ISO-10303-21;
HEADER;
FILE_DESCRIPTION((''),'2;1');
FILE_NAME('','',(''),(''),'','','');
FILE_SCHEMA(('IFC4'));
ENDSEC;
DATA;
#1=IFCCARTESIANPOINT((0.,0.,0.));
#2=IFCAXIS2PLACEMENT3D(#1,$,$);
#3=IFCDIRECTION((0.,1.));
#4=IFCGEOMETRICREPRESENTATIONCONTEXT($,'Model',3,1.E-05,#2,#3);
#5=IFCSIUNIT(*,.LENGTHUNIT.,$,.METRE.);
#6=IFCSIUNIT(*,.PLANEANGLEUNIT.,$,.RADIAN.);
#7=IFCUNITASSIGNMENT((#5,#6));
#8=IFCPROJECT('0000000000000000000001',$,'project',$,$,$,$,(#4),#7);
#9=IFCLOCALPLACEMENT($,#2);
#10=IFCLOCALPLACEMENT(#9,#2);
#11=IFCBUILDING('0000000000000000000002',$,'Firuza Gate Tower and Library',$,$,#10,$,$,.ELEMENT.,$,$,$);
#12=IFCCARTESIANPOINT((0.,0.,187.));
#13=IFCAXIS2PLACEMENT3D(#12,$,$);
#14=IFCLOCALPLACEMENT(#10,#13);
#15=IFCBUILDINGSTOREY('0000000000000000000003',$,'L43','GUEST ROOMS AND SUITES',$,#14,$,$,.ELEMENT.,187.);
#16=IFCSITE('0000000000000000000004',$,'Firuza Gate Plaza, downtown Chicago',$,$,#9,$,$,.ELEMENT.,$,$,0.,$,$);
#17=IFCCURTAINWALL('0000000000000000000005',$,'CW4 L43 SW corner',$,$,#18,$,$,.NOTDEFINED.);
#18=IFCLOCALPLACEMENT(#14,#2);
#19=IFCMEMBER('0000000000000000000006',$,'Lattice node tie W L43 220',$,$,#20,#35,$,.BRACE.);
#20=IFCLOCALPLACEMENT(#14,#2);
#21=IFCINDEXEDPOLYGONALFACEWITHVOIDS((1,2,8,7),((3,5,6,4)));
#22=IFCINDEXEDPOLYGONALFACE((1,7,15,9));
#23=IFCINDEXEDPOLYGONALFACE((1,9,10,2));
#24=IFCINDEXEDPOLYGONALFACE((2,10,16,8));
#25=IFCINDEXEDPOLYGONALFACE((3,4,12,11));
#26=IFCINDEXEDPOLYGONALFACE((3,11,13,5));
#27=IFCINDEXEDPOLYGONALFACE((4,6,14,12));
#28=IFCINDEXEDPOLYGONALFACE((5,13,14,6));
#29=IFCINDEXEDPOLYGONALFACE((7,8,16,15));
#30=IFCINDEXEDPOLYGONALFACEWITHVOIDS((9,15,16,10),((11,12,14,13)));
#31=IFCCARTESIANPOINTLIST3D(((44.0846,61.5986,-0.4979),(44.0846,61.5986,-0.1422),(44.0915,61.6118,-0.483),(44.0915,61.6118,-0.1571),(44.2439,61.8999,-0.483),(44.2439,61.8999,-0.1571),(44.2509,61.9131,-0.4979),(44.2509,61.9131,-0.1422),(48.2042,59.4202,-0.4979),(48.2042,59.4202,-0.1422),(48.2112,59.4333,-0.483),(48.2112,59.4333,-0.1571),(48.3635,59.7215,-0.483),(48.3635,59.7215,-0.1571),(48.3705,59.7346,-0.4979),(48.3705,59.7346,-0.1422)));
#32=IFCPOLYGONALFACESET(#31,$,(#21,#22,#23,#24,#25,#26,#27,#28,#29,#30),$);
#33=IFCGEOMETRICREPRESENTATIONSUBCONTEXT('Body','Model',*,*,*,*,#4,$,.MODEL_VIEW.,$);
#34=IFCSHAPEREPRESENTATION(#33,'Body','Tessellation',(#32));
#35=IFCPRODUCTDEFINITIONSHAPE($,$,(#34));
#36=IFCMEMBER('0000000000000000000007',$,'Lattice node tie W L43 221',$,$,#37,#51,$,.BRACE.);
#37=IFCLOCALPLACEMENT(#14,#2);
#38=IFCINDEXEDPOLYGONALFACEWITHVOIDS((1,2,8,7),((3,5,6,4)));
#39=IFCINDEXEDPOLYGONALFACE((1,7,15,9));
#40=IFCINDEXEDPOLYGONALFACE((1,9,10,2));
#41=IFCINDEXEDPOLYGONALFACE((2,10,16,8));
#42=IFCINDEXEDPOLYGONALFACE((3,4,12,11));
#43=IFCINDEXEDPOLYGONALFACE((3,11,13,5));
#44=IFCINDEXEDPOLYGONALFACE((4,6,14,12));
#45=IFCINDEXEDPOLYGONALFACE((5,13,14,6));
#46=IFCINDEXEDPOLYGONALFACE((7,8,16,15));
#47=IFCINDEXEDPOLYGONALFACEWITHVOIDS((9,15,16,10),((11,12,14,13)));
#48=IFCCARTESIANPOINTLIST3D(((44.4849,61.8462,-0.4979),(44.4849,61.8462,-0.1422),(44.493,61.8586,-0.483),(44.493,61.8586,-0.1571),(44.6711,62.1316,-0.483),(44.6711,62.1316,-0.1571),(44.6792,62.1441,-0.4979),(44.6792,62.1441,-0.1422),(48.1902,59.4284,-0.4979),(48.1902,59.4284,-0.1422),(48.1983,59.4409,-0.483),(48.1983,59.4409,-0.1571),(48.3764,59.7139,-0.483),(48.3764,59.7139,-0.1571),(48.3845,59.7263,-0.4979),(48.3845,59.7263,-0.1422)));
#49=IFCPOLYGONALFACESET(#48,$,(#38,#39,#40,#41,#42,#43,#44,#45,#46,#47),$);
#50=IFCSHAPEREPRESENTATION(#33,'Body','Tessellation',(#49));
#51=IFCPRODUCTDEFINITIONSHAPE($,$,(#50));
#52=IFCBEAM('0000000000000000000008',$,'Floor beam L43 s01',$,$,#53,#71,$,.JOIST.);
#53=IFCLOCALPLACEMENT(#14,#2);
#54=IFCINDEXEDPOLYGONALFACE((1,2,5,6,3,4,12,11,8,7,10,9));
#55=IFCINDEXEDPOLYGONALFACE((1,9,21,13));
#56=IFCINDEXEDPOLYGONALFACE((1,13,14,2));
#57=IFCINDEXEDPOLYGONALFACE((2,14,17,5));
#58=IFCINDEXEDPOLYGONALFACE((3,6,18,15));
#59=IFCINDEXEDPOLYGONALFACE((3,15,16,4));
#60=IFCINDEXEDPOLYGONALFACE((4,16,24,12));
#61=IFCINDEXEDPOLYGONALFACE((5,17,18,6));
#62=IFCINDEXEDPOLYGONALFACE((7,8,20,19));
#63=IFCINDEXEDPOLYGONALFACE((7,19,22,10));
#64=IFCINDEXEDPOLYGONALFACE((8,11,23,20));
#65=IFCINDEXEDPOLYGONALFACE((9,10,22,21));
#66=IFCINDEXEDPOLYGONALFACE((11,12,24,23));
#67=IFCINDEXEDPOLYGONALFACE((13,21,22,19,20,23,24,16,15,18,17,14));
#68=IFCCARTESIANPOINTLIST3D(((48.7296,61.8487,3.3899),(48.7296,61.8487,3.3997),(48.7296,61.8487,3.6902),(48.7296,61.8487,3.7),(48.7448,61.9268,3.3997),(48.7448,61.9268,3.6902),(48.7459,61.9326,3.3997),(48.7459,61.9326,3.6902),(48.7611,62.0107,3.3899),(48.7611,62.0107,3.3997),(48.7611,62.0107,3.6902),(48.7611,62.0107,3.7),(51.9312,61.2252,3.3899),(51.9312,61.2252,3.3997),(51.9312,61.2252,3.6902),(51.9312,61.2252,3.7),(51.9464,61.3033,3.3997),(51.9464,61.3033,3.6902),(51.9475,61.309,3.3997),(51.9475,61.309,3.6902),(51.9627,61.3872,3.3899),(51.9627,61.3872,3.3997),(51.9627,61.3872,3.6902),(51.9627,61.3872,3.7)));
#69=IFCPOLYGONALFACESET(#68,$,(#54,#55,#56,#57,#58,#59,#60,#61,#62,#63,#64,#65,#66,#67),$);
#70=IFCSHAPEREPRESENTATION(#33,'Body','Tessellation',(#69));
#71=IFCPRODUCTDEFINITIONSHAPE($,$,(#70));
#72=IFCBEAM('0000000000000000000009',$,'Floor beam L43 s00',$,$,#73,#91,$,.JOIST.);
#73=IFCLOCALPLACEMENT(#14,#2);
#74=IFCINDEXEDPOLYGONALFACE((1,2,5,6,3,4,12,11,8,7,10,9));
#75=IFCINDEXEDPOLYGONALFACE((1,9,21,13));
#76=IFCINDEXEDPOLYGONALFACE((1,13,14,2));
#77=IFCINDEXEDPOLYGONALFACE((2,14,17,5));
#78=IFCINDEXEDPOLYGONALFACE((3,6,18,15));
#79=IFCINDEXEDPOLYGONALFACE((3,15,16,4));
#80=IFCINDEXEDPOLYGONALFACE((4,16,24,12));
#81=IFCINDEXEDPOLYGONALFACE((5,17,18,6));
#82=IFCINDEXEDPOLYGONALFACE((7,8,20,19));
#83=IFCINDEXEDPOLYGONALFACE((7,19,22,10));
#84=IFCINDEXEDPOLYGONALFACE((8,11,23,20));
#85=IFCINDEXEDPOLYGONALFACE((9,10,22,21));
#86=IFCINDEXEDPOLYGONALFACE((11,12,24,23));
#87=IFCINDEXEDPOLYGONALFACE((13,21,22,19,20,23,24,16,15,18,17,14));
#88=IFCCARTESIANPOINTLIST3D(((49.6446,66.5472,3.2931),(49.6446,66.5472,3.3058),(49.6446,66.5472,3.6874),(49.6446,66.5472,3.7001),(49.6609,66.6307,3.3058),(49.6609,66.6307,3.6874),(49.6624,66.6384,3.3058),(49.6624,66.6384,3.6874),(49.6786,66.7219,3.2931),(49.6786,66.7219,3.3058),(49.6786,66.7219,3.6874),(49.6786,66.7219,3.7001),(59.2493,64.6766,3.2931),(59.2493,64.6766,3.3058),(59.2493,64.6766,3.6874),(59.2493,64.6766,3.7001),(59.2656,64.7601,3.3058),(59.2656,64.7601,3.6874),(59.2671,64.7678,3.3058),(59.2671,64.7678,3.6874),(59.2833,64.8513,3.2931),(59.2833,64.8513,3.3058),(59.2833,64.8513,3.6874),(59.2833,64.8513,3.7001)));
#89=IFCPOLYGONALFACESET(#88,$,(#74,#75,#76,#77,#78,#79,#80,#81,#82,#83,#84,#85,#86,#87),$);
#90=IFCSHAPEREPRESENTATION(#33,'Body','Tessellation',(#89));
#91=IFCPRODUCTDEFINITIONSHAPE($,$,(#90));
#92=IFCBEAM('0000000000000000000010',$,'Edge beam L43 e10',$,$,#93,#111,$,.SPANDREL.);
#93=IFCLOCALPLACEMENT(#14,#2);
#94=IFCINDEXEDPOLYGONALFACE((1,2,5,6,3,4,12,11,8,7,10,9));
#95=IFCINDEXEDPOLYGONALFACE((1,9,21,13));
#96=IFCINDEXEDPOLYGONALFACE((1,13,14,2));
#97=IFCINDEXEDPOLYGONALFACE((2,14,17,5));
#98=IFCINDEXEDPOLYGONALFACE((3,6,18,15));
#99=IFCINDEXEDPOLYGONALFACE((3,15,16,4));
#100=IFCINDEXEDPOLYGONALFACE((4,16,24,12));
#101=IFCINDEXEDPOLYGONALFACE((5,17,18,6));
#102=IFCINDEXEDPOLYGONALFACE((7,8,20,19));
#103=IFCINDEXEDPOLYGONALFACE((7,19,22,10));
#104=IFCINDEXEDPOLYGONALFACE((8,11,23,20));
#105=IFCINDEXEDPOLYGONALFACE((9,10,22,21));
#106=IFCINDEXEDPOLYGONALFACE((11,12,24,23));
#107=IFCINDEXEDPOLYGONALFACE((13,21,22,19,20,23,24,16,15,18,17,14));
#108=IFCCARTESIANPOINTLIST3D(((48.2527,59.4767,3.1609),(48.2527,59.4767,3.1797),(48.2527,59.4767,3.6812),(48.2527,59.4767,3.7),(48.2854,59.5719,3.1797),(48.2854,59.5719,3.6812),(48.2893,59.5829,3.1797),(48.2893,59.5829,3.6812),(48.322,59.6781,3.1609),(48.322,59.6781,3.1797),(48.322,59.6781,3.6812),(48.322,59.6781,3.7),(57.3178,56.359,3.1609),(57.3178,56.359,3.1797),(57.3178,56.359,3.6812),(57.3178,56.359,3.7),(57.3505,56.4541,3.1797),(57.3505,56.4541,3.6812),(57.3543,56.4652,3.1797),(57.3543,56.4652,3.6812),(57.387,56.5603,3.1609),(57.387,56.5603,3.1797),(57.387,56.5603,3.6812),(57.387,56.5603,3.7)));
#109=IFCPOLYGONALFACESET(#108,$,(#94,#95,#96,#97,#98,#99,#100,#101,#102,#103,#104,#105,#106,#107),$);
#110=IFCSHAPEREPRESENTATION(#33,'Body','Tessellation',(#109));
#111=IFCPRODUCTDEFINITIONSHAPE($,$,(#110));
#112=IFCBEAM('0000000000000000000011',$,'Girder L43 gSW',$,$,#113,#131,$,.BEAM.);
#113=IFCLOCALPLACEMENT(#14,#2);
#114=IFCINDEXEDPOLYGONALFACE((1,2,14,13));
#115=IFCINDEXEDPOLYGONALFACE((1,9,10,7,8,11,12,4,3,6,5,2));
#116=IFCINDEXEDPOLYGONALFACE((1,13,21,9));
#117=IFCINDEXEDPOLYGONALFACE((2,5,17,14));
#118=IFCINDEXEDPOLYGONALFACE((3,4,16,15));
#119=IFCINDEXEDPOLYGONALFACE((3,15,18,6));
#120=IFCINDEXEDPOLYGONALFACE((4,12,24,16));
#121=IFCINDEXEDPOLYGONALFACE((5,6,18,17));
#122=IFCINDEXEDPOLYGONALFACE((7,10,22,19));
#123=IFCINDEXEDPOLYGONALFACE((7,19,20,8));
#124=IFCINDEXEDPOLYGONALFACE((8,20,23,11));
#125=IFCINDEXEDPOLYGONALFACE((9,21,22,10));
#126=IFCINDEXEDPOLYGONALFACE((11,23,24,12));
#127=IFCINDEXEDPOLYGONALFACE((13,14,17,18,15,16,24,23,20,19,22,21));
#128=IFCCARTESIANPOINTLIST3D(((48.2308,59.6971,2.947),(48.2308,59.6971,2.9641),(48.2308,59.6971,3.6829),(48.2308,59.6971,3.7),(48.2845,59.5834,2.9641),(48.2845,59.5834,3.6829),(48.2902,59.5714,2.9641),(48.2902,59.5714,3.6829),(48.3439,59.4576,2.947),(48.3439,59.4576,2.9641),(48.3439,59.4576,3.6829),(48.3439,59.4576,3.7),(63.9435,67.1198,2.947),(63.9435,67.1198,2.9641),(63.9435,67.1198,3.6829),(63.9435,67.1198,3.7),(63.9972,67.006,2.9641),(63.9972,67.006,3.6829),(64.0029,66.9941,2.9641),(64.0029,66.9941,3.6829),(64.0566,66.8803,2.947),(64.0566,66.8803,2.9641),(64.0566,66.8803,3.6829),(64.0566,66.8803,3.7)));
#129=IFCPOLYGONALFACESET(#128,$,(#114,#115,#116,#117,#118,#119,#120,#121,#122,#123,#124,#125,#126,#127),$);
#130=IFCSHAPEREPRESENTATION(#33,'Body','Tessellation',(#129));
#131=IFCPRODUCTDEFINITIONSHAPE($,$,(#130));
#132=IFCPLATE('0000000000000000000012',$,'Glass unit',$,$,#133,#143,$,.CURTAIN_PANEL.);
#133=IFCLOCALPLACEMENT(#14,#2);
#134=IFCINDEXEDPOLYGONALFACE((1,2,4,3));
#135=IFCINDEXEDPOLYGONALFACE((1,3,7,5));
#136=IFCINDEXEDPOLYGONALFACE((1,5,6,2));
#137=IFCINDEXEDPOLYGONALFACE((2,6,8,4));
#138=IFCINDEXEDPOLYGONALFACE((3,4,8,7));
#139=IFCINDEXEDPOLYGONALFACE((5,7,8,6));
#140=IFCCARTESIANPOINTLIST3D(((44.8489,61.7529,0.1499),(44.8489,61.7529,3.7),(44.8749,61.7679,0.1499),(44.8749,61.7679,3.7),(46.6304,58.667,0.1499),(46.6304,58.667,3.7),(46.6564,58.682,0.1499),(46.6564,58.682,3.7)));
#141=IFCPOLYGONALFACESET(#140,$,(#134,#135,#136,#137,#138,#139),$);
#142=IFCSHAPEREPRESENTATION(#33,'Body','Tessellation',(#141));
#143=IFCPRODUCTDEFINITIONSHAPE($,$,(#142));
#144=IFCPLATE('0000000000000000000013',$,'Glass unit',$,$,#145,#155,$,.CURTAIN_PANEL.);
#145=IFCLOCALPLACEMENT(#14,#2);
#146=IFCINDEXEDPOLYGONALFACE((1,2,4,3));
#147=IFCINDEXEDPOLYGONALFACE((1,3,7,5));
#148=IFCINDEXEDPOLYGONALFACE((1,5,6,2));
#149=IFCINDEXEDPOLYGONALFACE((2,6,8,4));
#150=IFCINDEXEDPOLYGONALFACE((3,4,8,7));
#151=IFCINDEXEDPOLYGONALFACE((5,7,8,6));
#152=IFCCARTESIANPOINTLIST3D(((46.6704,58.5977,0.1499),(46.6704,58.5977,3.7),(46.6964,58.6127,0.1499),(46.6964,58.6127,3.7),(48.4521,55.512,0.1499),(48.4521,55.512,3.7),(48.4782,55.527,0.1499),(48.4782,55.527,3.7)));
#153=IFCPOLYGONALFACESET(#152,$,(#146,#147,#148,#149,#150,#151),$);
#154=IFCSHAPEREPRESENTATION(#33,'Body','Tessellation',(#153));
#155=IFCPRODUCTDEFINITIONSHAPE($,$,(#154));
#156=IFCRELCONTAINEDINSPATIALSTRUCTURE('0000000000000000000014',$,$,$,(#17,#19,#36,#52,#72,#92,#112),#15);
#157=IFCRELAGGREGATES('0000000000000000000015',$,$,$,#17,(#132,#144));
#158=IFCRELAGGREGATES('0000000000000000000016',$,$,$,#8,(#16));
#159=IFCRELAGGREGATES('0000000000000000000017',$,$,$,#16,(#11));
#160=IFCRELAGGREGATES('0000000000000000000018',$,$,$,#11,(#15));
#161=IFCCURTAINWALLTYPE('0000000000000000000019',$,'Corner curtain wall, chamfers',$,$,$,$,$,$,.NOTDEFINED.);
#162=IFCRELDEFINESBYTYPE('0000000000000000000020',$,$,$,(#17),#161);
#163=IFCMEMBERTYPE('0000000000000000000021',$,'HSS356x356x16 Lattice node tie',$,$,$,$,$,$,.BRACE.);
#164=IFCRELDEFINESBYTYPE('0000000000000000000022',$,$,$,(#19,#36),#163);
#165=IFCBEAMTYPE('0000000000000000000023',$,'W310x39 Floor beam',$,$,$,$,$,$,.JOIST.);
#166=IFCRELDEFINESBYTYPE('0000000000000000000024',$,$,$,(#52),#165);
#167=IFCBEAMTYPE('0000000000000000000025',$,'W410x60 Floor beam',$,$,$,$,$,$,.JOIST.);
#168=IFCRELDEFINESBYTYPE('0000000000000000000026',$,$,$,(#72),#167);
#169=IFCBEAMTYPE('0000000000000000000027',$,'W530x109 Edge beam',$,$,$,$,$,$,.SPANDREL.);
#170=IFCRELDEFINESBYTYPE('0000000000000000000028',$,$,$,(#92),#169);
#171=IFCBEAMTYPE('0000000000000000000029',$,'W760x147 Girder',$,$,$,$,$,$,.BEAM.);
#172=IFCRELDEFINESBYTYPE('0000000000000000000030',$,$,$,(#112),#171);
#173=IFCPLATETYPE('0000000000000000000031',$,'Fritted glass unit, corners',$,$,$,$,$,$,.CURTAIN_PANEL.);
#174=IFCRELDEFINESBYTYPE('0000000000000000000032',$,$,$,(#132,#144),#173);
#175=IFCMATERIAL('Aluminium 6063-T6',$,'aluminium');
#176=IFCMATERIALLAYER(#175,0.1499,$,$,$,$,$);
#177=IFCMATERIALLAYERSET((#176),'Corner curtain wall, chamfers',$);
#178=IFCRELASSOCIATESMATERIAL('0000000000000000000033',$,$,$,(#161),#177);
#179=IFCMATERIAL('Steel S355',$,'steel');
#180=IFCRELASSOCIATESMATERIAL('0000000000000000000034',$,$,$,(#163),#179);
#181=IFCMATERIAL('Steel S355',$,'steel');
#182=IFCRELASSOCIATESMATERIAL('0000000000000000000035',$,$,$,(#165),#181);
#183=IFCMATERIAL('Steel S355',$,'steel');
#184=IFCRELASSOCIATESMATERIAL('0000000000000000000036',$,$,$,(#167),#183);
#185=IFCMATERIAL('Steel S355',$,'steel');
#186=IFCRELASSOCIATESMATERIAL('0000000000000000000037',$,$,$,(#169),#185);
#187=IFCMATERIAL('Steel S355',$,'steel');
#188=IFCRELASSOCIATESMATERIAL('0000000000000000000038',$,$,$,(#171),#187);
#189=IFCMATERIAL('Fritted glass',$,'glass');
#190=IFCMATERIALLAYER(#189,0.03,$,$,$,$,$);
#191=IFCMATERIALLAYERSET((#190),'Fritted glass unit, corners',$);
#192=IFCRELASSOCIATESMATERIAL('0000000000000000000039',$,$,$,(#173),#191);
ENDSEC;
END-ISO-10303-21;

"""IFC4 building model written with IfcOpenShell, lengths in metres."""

from ifc_helpers import new_model, si_unit, direction, frame, origin, origin_2d, place, context, subcontext, project, spatial, polyline, hollow_rectangle, i_section, outline, extrude, material, layer, layer_set, material_profile, profile_set, type_object, element, aggregate, save


model = new_model("IFC4")

# Units and contexts
model_context = context("Model", 3, precision=1e-05, world=origin(), true_north=direction((0.0, 1.0)))
body_context = subcontext(model_context, "Body", "Model", "MODEL_VIEW")
ifc_project = project(units=[si_unit("LENGTHUNIT", "METRE"), si_unit("PLANEANGLEUNIT", "RADIAN")], contexts=[model_context])

# Site, building, storey
site_placement = place(None, origin())
site = spatial("IfcSite", under=ifc_project, at=site_placement, Name="Firuza Gate Plaza, downtown Chicago", CompositionType="ELEMENT", RefElevation=0.0)
building_placement = place(site_placement, origin())
building = spatial("IfcBuilding", under=site, at=building_placement, Name="Firuza Gate Tower and Library", CompositionType="ELEMENT")
storey_placement = place(building_placement, frame((0.0, 0.0, 187.0)))
storey = spatial("IfcBuildingStorey", under=building, at=storey_placement, Name="L43", Description="GUEST ROOMS AND SUITES", CompositionType="ELEMENT", Elevation=187.0)

# Curtain wall
ifc_material_1 = material(Name="Aluminium 6063-T6", Category="aluminium")
ifc_layer_1 = layer(ifc_material_1, 0.1499)
ifc_layer_set_1 = layer_set([ifc_layer_1], Name="Corner curtain wall, chamfers")
curtain_wall_type = type_object("IfcCurtainWallType", Name="Corner curtain wall, chamfers", PredefinedType="NOTDEFINED", material=ifc_layer_set_1)
curtain_wall_placement = place(storey_placement, origin())
curtain_wall = element("IfcCurtainWall", 1, at=curtain_wall_placement, inside=storey, type_object=curtain_wall_type, Name="CW4 L43 SW corner", PredefinedType="NOTDEFINED")

# Members
ifc_material_2 = material(Name="Steel S355", Category="steel")
ifc_material_profile_1 = material_profile(ifc_material_2, hollow_rectangle(XDim=0.3557, YDim=0.3557, WallThickness=0.0149, at=origin_2d()))
ifc_profile_set_1 = profile_set([ifc_material_profile_1], Name="Steel S355")
member_type_1 = type_object("IfcMemberType", Name="HSS356x356x16 Lattice node tie", PredefinedType="BRACE", material=ifc_profile_set_1)
member_1_placement = place(storey_placement, frame((48.2874, 59.5774, -0.3201), z_axis=(-0.884011, 0.467466, 0.0), x_axis=(-0.467466, -0.884011, 0.0)))
element("IfcMember", 2, at=member_1_placement, inside=storey, type_object=member_type_1, Name="Lattice node tie W L43 220", PredefinedType="BRACE", context=body_context, shape_type="SweptSolid", body=[
    extrude(hollow_rectangle(XDim=0.3557, YDim=0.3557, WallThickness=0.0149, at=origin_2d()), origin(), (0.0, 0.0, 1.0), 4.6602),
])
member_2_placement = place(storey_placement, frame((48.2874, 59.5774, -0.3201), z_axis=(-0.837485, 0.54646, 0.0), x_axis=(-0.54646, -0.837485, 0.0)))
element("IfcMember", 3, at=member_2_placement, inside=storey, type_object=member_type_1, Name="Lattice node tie W L43 221", PredefinedType="BRACE", context=body_context, shape_type="SweptSolid", body=[
    extrude(hollow_rectangle(XDim=0.3557, YDim=0.3557, WallThickness=0.0149, at=origin_2d()), origin(), (0.0, 0.0, 1.0), 4.4243),
])

# Beams
ifc_material_3 = material(Name="Steel S355", Category="steel")
ifc_material_profile_2 = material_profile(ifc_material_3, i_section(OverallWidth=0.165, OverallDepth=0.3101, WebThickness=0.0059, FlangeThickness=0.0098, at=origin_2d()))
ifc_profile_set_2 = profile_set([ifc_material_profile_2], Name="Steel S355")
beam_type_1 = type_object("IfcBeamType", Name="W310x39 Floor beam", PredefinedType="JOIST", material=ifc_profile_set_2)
beam_1_placement = place(storey_placement, frame((48.7454, 61.9297, 3.5449), z_axis=(0.981558, -0.191162, 0.0), x_axis=(0.191162, 0.981558, 0.0)))
element("IfcBeam", 4, at=beam_1_placement, inside=storey, type_object=beam_type_1, Name="Floor beam L43 s01", PredefinedType="JOIST", context=body_context, shape_type="SweptSolid", body=[
    extrude(i_section(OverallWidth=0.165, OverallDepth=0.3101, WebThickness=0.0059, FlangeThickness=0.0098, at=origin_2d()), origin(), (0.0, 0.0, 1.0), 3.2617),
])
ifc_material_4 = material(Name="Steel S355", Category="steel")
ifc_material_profile_3 = material_profile(ifc_material_4, i_section(OverallWidth=0.178, OverallDepth=0.407, WebThickness=0.0078, FlangeThickness=0.0127, at=origin_2d()))
ifc_profile_set_3 = profile_set([ifc_material_profile_3], Name="Steel S355")
beam_type_2 = type_object("IfcBeamType", Name="W410x60 Floor beam", PredefinedType="JOIST", material=ifc_profile_set_3)
beam_2_placement = place(storey_placement, frame((49.6616, 66.6345, 3.4966), z_axis=(0.981558, -0.191167, 0.0), x_axis=(0.191167, 0.981558, 0.0)))
element("IfcBeam", 5, at=beam_2_placement, inside=storey, type_object=beam_type_2, Name="Floor beam L43 s00", PredefinedType="JOIST", context=body_context, shape_type="SweptSolid", body=[
    extrude(i_section(OverallWidth=0.178, OverallDepth=0.407, WebThickness=0.0078, FlangeThickness=0.0127, at=origin_2d()), origin(), (0.0, 0.0, 1.0), 9.7852),
])
ifc_material_5 = material(Name="Steel S355", Category="steel")
ifc_material_profile_4 = material_profile(ifc_material_5, i_section(OverallWidth=0.2129, OverallDepth=0.5391, WebThickness=0.0117, FlangeThickness=0.0188, at=origin_2d()))
ifc_profile_set_4 = profile_set([ifc_material_profile_4], Name="Steel S355")
beam_type_3 = type_object("IfcBeamType", Name="W530x109 Edge beam", PredefinedType="SPANDREL", material=ifc_profile_set_4)
beam_3_placement = place(storey_placement, frame((48.2874, 59.5774, 3.4304), z_axis=(0.945635, -0.325229, 0.0), x_axis=(0.325229, 0.945635, 0.0)))
element("IfcBeam", 6, at=beam_3_placement, inside=storey, type_object=beam_type_3, Name="Edge beam L43 e10", PredefinedType="SPANDREL", context=body_context, shape_type="SweptSolid", body=[
    extrude(i_section(OverallWidth=0.2129, OverallDepth=0.5391, WebThickness=0.0117, FlangeThickness=0.0188, at=origin_2d()), origin(), (0.0, 0.0, 1.0), 9.5862),
])
ifc_material_6 = material(Name="Steel S355", Category="steel")
ifc_material_profile_5 = material_profile(ifc_material_6, i_section(OverallWidth=0.2649, OverallDepth=0.7529, WebThickness=0.0132, FlangeThickness=0.0171, at=origin_2d()))
ifc_profile_set_5 = profile_set([ifc_material_profile_5], Name="Steel S355")
beam_type_4 = type_object("IfcBeamType", Name="W760x147 Girder", PredefinedType="BEAM", material=ifc_profile_set_5)
beam_4_placement = place(storey_placement, frame((48.2874, 59.5774, 3.3235), z_axis=(0.904188, 0.427136, 0.0), x_axis=(-0.427136, 0.904188, 0.0)))
element("IfcBeam", 7, at=beam_4_placement, inside=storey, type_object=beam_type_4, Name="Girder L43 gSW", PredefinedType="BEAM", context=body_context, shape_type="SweptSolid", body=[
    extrude(i_section(OverallWidth=0.2649, OverallDepth=0.7529, WebThickness=0.0132, FlangeThickness=0.0171, at=origin_2d()), origin(), (0.0, 0.0, 1.0), 17.3777),
])

# Plates
ifc_material_7 = material(Name="Fritted glass", Category="glass")
ifc_layer_2 = layer(ifc_material_7, 0.03)
ifc_layer_set_2 = layer_set([ifc_layer_2], Name="Fritted glass unit, corners")
plate_type = type_object("IfcPlateType", Name="Fritted glass unit, corners", PredefinedType="CURTAIN_PANEL", material=ifc_layer_set_2)
plate_1_placement = place(storey_placement, frame((44.8489, 61.7529, 0.1499), z_axis=(-0.866046, -0.499964, 0.0), x_axis=(0.499964, -0.866046, 0.0)))
plate_1 = element("IfcPlate", 8, at=plate_1_placement, type_object=plate_type, Name="Glass unit", PredefinedType="CURTAIN_PANEL", context=body_context, shape_type="SweptSolid", body=[
    extrude(outline(polyline([(0.0, 0.0), (3.5632, 0.0), (3.5632, 3.55), (0.0, 3.55), (0.0, 0.0)])), origin(), (0.0, 0.0, -1.0), 0.03),
])
plate_2_placement = place(storey_placement, frame((46.6704, 58.5977, 0.1499), z_axis=(-0.866, -0.500045, 0.0), x_axis=(0.500045, -0.866, 0.0)))
plate_2 = element("IfcPlate", 9, at=plate_2_placement, type_object=plate_type, Name="Glass unit", PredefinedType="CURTAIN_PANEL", context=body_context, shape_type="SweptSolid", body=[
    extrude(outline(polyline([(0.0, 0.0), (3.5632, 0.0), (3.5632, 3.55), (0.0, 3.55), (0.0, 0.0)])), origin(), (0.0, 0.0, -1.0), 0.03),
])
aggregate(curtain_wall, [plate_1, plate_2])

save(model, "model.ifc")
